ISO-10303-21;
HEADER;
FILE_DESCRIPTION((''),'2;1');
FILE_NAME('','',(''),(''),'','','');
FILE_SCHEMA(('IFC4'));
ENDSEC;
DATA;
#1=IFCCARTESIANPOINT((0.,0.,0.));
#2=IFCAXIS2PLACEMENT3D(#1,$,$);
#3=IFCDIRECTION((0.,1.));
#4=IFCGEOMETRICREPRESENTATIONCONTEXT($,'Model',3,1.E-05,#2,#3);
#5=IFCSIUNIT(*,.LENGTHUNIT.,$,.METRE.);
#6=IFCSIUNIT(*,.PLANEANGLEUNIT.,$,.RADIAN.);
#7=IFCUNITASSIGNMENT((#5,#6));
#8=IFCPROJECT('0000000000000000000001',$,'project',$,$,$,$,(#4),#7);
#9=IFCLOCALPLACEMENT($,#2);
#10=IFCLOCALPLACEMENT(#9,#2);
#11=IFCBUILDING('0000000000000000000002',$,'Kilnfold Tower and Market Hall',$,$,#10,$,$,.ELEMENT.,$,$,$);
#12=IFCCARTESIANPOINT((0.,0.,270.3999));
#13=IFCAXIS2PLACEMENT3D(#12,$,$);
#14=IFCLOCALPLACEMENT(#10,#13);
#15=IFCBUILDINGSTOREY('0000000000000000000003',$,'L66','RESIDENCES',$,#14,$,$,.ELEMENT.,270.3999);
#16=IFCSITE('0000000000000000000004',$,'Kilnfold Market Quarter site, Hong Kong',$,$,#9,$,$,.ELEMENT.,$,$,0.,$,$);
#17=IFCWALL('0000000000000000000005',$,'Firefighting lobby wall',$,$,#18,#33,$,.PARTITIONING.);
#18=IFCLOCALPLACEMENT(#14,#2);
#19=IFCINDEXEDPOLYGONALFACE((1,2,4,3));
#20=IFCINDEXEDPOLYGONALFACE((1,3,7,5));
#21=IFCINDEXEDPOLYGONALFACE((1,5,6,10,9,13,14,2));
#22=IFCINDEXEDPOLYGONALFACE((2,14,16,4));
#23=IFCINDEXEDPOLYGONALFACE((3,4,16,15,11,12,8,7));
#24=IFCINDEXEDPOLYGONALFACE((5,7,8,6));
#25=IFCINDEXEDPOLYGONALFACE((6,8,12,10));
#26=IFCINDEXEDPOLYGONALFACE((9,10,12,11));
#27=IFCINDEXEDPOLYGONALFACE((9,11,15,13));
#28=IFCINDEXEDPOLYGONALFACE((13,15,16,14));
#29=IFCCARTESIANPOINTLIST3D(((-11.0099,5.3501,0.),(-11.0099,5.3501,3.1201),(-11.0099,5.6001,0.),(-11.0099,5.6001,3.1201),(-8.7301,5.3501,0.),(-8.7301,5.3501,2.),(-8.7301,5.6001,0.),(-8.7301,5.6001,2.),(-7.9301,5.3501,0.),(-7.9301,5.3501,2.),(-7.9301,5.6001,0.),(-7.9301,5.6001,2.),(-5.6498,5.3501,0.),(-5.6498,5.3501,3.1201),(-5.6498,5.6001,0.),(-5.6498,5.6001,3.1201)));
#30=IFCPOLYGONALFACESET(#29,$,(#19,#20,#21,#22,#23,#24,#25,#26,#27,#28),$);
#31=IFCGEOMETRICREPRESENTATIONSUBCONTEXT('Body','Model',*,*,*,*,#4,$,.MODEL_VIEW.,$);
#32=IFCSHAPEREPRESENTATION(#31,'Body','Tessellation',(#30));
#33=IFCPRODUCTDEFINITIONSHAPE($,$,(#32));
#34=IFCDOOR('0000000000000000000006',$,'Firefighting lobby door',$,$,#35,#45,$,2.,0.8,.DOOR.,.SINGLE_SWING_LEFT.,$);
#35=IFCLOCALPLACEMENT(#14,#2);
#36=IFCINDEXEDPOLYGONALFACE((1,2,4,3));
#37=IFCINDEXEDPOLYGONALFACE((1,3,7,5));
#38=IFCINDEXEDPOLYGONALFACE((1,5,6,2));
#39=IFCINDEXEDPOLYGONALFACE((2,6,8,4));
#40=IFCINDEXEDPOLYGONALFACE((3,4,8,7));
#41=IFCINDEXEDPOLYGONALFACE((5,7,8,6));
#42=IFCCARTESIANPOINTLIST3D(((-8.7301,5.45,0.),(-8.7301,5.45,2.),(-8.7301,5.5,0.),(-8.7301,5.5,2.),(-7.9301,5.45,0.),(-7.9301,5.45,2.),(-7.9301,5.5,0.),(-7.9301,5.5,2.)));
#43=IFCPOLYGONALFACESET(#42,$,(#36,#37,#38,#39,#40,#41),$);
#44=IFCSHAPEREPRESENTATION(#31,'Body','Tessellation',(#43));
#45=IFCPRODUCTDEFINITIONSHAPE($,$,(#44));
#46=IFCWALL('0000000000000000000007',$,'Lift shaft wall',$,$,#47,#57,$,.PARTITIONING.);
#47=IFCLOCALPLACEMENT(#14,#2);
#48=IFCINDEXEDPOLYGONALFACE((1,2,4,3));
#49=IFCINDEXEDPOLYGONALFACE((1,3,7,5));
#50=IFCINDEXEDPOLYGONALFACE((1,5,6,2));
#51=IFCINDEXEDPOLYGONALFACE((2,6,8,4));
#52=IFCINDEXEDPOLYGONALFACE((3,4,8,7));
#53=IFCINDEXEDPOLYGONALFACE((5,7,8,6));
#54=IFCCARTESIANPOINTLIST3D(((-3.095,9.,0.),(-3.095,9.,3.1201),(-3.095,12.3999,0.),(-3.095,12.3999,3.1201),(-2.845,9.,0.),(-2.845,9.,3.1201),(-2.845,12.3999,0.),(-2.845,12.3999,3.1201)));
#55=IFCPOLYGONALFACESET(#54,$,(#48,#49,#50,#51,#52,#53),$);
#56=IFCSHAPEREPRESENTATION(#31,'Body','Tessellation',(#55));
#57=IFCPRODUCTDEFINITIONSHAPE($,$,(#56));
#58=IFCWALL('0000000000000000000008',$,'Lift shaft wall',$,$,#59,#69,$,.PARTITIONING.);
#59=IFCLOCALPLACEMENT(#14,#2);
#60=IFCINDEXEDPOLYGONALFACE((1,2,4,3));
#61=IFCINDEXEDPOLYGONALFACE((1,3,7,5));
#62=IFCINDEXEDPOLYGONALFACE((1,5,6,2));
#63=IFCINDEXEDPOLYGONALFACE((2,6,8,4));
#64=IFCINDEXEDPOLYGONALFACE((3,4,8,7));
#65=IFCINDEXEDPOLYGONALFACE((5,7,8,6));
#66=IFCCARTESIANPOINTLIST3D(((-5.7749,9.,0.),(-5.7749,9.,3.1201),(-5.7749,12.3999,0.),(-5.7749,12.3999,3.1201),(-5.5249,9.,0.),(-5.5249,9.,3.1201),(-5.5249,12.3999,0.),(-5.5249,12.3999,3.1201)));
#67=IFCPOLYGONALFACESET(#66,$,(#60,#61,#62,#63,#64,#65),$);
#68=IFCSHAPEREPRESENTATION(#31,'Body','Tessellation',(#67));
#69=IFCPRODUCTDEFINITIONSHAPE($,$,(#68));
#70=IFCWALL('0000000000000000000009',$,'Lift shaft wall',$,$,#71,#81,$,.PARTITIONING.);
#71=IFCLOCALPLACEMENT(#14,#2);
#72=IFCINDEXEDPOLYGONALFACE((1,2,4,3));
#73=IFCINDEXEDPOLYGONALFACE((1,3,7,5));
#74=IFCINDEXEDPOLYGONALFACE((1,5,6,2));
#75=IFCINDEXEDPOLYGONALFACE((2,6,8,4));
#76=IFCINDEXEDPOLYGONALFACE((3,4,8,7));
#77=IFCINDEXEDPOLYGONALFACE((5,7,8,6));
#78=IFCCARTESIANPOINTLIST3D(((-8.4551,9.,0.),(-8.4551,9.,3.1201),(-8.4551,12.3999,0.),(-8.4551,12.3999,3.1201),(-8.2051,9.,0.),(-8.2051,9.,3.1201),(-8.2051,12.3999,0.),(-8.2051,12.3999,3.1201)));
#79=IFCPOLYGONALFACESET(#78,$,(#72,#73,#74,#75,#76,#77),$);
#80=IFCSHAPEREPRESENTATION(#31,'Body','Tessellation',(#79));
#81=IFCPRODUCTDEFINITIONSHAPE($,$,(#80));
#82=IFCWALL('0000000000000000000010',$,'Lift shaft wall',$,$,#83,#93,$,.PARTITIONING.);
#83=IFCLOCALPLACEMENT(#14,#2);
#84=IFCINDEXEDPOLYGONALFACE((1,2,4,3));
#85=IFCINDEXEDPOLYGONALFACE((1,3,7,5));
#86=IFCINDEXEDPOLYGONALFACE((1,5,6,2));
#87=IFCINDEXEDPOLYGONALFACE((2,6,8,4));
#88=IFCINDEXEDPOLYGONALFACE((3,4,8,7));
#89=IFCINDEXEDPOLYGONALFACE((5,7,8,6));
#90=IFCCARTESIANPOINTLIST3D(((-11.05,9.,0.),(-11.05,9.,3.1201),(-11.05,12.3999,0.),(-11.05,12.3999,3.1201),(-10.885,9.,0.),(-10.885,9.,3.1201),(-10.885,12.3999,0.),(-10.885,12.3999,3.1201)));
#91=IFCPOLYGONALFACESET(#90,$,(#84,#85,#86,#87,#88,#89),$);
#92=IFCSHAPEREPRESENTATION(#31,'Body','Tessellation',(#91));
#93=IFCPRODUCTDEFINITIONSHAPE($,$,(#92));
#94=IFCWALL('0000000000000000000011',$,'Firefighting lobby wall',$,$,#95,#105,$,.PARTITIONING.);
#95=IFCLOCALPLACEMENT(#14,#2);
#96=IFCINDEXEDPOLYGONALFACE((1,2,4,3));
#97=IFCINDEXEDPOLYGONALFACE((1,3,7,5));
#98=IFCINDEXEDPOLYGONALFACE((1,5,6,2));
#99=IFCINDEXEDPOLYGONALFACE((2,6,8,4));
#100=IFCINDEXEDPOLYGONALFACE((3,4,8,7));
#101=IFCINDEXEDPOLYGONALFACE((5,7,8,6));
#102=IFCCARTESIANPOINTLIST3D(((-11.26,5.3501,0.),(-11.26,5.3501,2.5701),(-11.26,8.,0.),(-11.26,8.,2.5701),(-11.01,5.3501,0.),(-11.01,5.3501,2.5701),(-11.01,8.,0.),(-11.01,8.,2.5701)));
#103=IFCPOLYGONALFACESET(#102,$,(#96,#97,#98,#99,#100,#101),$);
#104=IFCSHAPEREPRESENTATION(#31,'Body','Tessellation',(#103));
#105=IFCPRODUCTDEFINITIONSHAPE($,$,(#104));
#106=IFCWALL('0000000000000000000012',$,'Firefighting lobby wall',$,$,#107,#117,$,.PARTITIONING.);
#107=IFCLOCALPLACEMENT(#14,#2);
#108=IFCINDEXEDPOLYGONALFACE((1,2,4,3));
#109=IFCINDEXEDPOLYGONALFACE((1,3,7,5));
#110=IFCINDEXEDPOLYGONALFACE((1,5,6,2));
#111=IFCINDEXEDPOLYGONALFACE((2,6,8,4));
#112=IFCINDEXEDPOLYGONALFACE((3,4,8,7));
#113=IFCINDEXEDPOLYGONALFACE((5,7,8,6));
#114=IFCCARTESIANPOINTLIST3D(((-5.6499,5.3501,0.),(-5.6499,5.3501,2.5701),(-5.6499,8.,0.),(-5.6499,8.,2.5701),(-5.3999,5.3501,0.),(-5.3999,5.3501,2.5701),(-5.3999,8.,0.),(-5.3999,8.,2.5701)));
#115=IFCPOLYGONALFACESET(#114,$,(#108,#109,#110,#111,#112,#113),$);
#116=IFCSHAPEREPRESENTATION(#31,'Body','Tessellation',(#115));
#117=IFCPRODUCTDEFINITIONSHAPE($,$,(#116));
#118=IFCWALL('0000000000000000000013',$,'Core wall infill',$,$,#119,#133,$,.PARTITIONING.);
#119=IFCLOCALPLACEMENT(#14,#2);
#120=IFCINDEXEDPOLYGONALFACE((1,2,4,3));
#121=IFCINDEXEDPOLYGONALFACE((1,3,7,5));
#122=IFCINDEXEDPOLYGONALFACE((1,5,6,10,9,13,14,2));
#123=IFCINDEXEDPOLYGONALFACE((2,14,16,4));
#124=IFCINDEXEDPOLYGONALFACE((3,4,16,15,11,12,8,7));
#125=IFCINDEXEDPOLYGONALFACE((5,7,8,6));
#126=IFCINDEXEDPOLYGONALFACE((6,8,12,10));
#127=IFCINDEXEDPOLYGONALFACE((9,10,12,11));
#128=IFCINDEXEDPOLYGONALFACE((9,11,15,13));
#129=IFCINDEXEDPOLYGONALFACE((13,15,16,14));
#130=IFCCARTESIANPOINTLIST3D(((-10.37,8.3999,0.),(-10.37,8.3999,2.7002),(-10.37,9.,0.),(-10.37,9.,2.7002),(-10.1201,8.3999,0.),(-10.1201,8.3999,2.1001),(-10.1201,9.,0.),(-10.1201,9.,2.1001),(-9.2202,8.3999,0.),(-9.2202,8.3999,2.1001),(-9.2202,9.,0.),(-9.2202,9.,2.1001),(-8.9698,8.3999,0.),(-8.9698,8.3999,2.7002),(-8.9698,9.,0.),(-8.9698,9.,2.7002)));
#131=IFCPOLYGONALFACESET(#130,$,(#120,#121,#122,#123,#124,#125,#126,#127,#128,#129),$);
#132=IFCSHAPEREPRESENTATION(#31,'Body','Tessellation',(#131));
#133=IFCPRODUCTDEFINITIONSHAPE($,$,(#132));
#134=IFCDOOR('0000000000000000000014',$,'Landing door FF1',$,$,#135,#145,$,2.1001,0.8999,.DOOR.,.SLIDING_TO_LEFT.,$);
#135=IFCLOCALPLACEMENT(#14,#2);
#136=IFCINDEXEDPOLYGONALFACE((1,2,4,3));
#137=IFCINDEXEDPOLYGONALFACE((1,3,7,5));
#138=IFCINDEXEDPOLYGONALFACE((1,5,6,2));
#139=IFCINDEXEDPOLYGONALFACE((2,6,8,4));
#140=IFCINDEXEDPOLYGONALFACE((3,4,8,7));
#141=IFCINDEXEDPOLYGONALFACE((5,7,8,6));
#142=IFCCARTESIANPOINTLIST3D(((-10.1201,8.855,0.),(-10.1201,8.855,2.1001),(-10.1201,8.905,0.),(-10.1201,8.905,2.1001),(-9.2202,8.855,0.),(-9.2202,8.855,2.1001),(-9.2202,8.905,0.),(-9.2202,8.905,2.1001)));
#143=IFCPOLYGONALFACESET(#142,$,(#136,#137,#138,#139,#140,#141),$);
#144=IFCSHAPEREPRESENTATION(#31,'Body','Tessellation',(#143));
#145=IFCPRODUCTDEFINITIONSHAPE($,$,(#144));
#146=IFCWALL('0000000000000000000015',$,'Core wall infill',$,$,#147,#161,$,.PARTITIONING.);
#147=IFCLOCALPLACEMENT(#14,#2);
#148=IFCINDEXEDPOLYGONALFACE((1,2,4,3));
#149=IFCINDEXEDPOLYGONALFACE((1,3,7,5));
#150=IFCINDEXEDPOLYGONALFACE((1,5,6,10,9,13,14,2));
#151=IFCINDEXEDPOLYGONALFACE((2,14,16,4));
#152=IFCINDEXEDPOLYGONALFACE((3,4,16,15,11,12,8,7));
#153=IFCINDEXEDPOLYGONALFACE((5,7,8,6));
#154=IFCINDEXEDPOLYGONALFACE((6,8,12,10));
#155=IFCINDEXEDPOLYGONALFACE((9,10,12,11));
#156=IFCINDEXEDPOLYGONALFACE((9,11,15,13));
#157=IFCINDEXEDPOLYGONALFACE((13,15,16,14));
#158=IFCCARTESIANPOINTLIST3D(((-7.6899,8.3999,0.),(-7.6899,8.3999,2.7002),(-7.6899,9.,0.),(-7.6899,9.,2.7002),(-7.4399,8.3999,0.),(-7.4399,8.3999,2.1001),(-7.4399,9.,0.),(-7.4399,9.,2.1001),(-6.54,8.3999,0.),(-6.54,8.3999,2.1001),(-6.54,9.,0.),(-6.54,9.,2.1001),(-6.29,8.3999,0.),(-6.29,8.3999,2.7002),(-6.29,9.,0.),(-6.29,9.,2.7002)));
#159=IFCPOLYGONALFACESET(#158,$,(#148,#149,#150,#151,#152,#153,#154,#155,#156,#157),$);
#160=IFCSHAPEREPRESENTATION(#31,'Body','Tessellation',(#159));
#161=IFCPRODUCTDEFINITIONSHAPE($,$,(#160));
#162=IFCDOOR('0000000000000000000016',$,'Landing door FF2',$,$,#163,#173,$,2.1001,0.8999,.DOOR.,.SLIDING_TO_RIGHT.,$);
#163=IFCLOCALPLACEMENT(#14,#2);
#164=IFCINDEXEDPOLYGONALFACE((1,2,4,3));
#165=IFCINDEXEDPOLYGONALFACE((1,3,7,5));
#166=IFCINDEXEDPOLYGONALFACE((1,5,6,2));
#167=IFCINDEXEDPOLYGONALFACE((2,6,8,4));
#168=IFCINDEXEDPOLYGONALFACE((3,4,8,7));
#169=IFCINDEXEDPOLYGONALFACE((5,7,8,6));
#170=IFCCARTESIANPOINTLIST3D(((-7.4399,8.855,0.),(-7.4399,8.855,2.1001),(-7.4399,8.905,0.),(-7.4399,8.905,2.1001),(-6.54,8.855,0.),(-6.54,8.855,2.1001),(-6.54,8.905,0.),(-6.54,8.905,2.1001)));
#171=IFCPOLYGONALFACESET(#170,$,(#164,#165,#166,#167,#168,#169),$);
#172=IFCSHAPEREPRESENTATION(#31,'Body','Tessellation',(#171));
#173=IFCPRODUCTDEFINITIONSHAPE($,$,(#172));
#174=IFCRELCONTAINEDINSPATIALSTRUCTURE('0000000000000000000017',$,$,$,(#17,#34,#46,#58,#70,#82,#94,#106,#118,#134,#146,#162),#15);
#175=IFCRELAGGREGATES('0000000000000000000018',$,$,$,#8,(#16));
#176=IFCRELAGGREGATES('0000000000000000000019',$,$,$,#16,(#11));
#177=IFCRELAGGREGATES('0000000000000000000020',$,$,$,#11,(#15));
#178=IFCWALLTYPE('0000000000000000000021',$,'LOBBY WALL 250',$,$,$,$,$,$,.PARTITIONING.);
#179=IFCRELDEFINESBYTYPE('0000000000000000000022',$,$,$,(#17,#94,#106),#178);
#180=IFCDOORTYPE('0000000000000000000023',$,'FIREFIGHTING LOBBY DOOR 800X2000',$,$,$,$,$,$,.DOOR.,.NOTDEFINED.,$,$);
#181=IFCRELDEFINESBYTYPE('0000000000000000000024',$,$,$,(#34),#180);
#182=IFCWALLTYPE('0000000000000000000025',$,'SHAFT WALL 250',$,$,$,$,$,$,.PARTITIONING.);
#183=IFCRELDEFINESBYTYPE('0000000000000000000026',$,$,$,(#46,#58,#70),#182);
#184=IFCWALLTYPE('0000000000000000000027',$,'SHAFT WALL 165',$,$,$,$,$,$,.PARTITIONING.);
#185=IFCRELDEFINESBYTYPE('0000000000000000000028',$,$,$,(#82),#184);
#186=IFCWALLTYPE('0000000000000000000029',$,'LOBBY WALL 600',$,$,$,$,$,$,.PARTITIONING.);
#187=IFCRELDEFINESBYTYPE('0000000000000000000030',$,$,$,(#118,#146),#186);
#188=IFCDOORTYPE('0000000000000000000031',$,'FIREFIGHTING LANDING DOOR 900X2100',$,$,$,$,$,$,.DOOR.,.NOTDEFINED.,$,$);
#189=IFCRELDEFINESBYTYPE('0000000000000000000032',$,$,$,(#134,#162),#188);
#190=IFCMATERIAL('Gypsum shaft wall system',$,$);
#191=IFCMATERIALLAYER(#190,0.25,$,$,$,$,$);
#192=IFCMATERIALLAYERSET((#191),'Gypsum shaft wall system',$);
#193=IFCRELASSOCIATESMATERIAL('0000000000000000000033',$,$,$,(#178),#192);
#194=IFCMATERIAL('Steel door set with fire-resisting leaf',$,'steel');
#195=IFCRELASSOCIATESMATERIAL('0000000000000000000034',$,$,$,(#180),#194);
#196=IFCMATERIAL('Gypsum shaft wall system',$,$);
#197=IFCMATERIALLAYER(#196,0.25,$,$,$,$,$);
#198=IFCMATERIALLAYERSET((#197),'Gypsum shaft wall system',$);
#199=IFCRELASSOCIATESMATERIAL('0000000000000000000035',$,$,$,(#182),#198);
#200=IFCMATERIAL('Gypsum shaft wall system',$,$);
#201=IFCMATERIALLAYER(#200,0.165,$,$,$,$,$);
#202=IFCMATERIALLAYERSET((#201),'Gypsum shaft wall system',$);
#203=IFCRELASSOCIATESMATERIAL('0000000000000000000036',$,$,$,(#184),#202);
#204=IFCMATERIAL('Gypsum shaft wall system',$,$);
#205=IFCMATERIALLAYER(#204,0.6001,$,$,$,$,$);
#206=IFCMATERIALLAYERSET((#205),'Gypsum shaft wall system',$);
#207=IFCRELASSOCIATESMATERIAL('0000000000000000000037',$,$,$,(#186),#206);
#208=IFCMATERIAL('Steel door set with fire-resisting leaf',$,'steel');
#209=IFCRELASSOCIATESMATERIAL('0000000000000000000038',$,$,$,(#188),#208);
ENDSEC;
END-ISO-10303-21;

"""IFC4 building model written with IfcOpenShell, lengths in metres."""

from ifc_helpers import new_model, si_unit, direction, frame, frame_2d, origin, place, context, subcontext, project, spatial, rectangle, extrude, source, transform, mapped, material, layer, layer_set, type_object, element, fill, save


model = new_model("IFC4")

# Units and contexts
model_context = context("Model", 3, precision=1e-05, world=origin(), true_north=direction((0.0, 1.0)))
body_context = subcontext(model_context, "Body", "Model", "MODEL_VIEW")
ifc_project = project(units=[si_unit("LENGTHUNIT", "METRE"), si_unit("PLANEANGLEUNIT", "RADIAN")], contexts=[model_context])

# Site, building, storey
site_placement = place(None, origin())
site = spatial("IfcSite", under=ifc_project, at=site_placement, Name="Kilnfold Market Quarter site, Hong Kong", CompositionType="ELEMENT", RefElevation=0.0)
building_placement = place(site_placement, origin())
building = spatial("IfcBuilding", under=site, at=building_placement, Name="Kilnfold Tower and Market Hall", CompositionType="ELEMENT")
storey_placement = place(building_placement, frame((0.0, 0.0, 270.3999)))
storey = spatial("IfcBuildingStorey", under=building, at=storey_placement, Name="L66", Description="RESIDENCES", CompositionType="ELEMENT", Elevation=270.3999)

# Wall, opening, door
ifc_material_1 = material(Name="Gypsum shaft wall system")
ifc_layer_1 = layer(ifc_material_1, 0.25)
ifc_layer_set_1 = layer_set([ifc_layer_1], Name="Gypsum shaft wall system")
wall_type_1 = type_object("IfcWallType", Name="LOBBY WALL 250", PredefinedType="PARTITIONING", material=ifc_layer_set_1)
shared_shape_1 = source(origin(), body_context, "Body", "SweptSolid", [
    extrude(rectangle(XDim=5.3601, YDim=0.25, at=frame_2d((2.6802, 0.0))), origin(), (0.0, 0.0, 1.0), 3.1201),
])
wall_1_placement = place(storey_placement, frame((-11.01, 5.4751, 0.0), z_axis=(0.0, 0.0, 1.0), x_axis=(1.0, 0.0, 0.0)))
wall_1 = element("IfcWall", 1, at=wall_1_placement, inside=storey, type_object=wall_type_1, Name="Firefighting lobby wall", PredefinedType="PARTITIONING", context=body_context, shape_type="MappedRepresentation", body=[
    mapped(shared_shape_1, transform((0.0, 0.0, 0.0))),
])
opening_1_placement = place(wall_1_placement, frame((2.28, 0.0, 0.0)))
opening_1 = element("IfcOpeningElement", 2, at=opening_1_placement, cuts=wall_1, PredefinedType="OPENING", context=body_context, shape_type="SweptSolid", body=[
    extrude(rectangle(XDim=0.8, YDim=2.0, at=frame_2d((0.3999, 1.0))), frame((0.0, 0.135, 0.0), z_axis=(0.0, -1.0, 0.0), x_axis=(1.0, 0.0, 0.0)), (0.0, 0.0, 1.0), 0.27),
])
ifc_material_2 = material(Name="Steel door set with fire-resisting leaf", Category="steel")
door_type_1 = type_object("IfcDoorType", Name="FIREFIGHTING LOBBY DOOR 800X2000", OperationType="NOTDEFINED", PredefinedType="DOOR", material=ifc_material_2)
door_1_placement = place(opening_1_placement, origin())
door_1 = element("IfcDoor", 3, at=door_1_placement, inside=storey, type_object=door_type_1, Name="Firefighting lobby door", OperationType="SINGLE_SWING_LEFT", OverallHeight=2.0, OverallWidth=0.8, PredefinedType="DOOR", context=body_context, shape_type="SweptSolid", body=[
    extrude(rectangle(XDim=0.8, YDim=2.0, at=frame_2d((0.3999, 1.0))), frame((0.0, 0.0249, 0.0), z_axis=(0.0, -1.0, 0.0), x_axis=(1.0, 0.0, 0.0)), (0.0, 0.0, 1.0), 0.05),
])
fill(opening_1, door_1)

# Walls
ifc_material_3 = material(Name="Gypsum shaft wall system")
ifc_layer_2 = layer(ifc_material_3, 0.25)
ifc_layer_set_2 = layer_set([ifc_layer_2], Name="Gypsum shaft wall system")
wall_type_2 = type_object("IfcWallType", Name="SHAFT WALL 250", PredefinedType="PARTITIONING", material=ifc_layer_set_2)
shared_shape_2 = source(origin(), body_context, "Body", "SweptSolid", [
    extrude(rectangle(XDim=3.3999, YDim=0.25, at=frame_2d((1.7, 0.0))), origin(), (0.0, 0.0, 1.0), 3.1201),
])
for number, where, z_axis, x_axis, name in (
    (4, (-2.97, 9.0, 0.0), (0.0, 0.0, 1.0), (0.0, 1.0, 0.0), "Lift shaft wall"),
    (5, (-5.6499, 9.0, 0.0), (0.0, 0.0, 1.0), (0.0, 1.0, 0.0), "Lift shaft wall"),
    (6, (-8.3301, 9.0, 0.0), (0.0, 0.0, 1.0), (0.0, 1.0, 0.0), "Lift shaft wall"),
):
    element("IfcWall", number, at=place(storey_placement, frame(where, z_axis=z_axis, x_axis=x_axis)), inside=storey, type_object=wall_type_2, Name=name, PredefinedType="PARTITIONING", context=body_context, shape_type="MappedRepresentation", body=[
        mapped(shared_shape_2, transform((0.0, 0.0, 0.0))),
    ])
ifc_material_4 = material(Name="Gypsum shaft wall system")
ifc_layer_3 = layer(ifc_material_4, 0.165)
ifc_layer_set_3 = layer_set([ifc_layer_3], Name="Gypsum shaft wall system")
wall_type_3 = type_object("IfcWallType", Name="SHAFT WALL 165", PredefinedType="PARTITIONING", material=ifc_layer_set_3)
shared_shape_3 = source(origin(), body_context, "Body", "SweptSolid", [
    extrude(rectangle(XDim=3.3999, YDim=0.165, at=frame_2d((1.7, 0.0))), origin(), (0.0, 0.0, 1.0), 3.1201),
])
wall_2_placement = place(storey_placement, frame((-10.9675, 9.0, 0.0), z_axis=(0.0, 0.0, 1.0), x_axis=(0.0, 1.0, 0.0)))
element("IfcWall", 7, at=wall_2_placement, inside=storey, type_object=wall_type_3, Name="Lift shaft wall", PredefinedType="PARTITIONING", context=body_context, shape_type="MappedRepresentation", body=[
    mapped(shared_shape_3, transform((0.0, 0.0, 0.0))),
])
shared_shape_4 = source(origin(), body_context, "Body", "SweptSolid", [
    extrude(rectangle(XDim=2.6499, YDim=0.25, at=frame_2d((1.325, 0.0))), origin(), (0.0, 0.0, 1.0), 2.5701),
])
for number, where, z_axis, x_axis, name in (
    (8, (-11.135, 5.3501, 0.0), (0.0, 0.0, 1.0), (0.0, 1.0, 0.0), "Firefighting lobby wall"),
    (9, (-5.5249, 5.3501, 0.0), (0.0, 0.0, 1.0), (0.0, 1.0, 0.0), "Firefighting lobby wall"),
):
    element("IfcWall", number, at=place(storey_placement, frame(where, z_axis=z_axis, x_axis=x_axis)), inside=storey, type_object=wall_type_1, Name=name, PredefinedType="PARTITIONING", context=body_context, shape_type="MappedRepresentation", body=[
        mapped(shared_shape_4, transform((0.0, 0.0, 0.0))),
    ])

# Walls, openings, doors
ifc_material_5 = material(Name="Gypsum shaft wall system")
ifc_layer_4 = layer(ifc_material_5, 0.6001)
ifc_layer_set_4 = layer_set([ifc_layer_4], Name="Gypsum shaft wall system")
wall_type_4 = type_object("IfcWallType", Name="LOBBY WALL 600", PredefinedType="PARTITIONING", material=ifc_layer_set_4)
shared_shape_5 = source(origin(), body_context, "Body", "SweptSolid", [
    extrude(rectangle(XDim=1.4001, YDim=0.6001, at=frame_2d((0.7002, 0.0))), origin(), (0.0, 0.0, 1.0), 2.7002),
])
wall_3_placement = place(storey_placement, frame((-10.3701, 8.7, 0.0), z_axis=(0.0, 0.0, 1.0), x_axis=(1.0, 0.0, 0.0)))
wall_3 = element("IfcWall", 10, at=wall_3_placement, inside=storey, type_object=wall_type_4, Name="Core wall infill", PredefinedType="PARTITIONING", context=body_context, shape_type="MappedRepresentation", body=[
    mapped(shared_shape_5, transform((0.0, 0.0, 0.0))),
])
opening_2_placement = place(wall_3_placement, frame((0.25, 0.0, 0.0)))
opening_2 = element("IfcOpeningElement", 11, at=opening_2_placement, cuts=wall_3, PredefinedType="OPENING", context=body_context, shape_type="SweptSolid", body=[
    extrude(rectangle(XDim=0.8999, YDim=2.1001, at=frame_2d((0.45, 1.05))), frame((0.0, 0.3101, 0.0), z_axis=(0.0, -1.0, 0.0), x_axis=(1.0, 0.0, 0.0)), (0.0, 0.0, 1.0), 0.6201),
])
ifc_material_6 = material(Name="Steel door set with fire-resisting leaf", Category="steel")
door_type_2 = type_object("IfcDoorType", Name="FIREFIGHTING LANDING DOOR 900X2100", OperationType="NOTDEFINED", PredefinedType="DOOR", material=ifc_material_6)
door_2_placement = place(opening_2_placement, origin())
door_2 = element("IfcDoor", 12, at=door_2_placement, inside=storey, type_object=door_type_2, Name="Landing door FF1", OperationType="SLIDING_TO_LEFT", OverallHeight=2.1001, OverallWidth=0.8999, PredefinedType="DOOR", context=body_context, shape_type="SweptSolid", body=[
    extrude(rectangle(XDim=0.8999, YDim=2.1001, at=frame_2d((0.45, 1.05))), frame((0.0, 0.2051, 0.0), z_axis=(0.0, -1.0, 0.0), x_axis=(1.0, 0.0, 0.0)), (0.0, 0.0, 1.0), 0.05),
])
fill(opening_2, door_2)
shared_shape_6 = source(origin(), body_context, "Body", "SweptSolid", [
    extrude(rectangle(XDim=1.3999, YDim=0.6001, at=frame_2d((0.7, 0.0))), origin(), (0.0, 0.0, 1.0), 2.7002),
])
wall_4_placement = place(storey_placement, frame((-7.6899, 8.7, 0.0), z_axis=(0.0, 0.0, 1.0), x_axis=(1.0, 0.0, 0.0)))
wall_4 = element("IfcWall", 13, at=wall_4_placement, inside=storey, type_object=wall_type_4, Name="Core wall infill", PredefinedType="PARTITIONING", context=body_context, shape_type="MappedRepresentation", body=[
    mapped(shared_shape_6, transform((0.0, 0.0, 0.0))),
])
opening_3_placement = place(wall_4_placement, frame((0.25, 0.0, 0.0)))
opening_3 = element("IfcOpeningElement", 14, at=opening_3_placement, cuts=wall_4, PredefinedType="OPENING", context=body_context, shape_type="SweptSolid", body=[
    extrude(rectangle(XDim=0.8999, YDim=2.1001, at=frame_2d((0.45, 1.05))), frame((0.0, 0.3101, 0.0), z_axis=(0.0, -1.0, 0.0), x_axis=(1.0, 0.0, 0.0)), (0.0, 0.0, 1.0), 0.6201),
])
door_3_placement = place(opening_3_placement, origin())
door_3 = element("IfcDoor", 15, at=door_3_placement, inside=storey, type_object=door_type_2, Name="Landing door FF2", OperationType="SLIDING_TO_RIGHT", OverallHeight=2.1001, OverallWidth=0.8999, PredefinedType="DOOR", context=body_context, shape_type="SweptSolid", body=[
    extrude(rectangle(XDim=0.8999, YDim=2.1001, at=frame_2d((0.45, 1.05))), frame((0.0, 0.2051, 0.0), z_axis=(0.0, -1.0, 0.0), x_axis=(1.0, 0.0, 0.0)), (0.0, 0.0, 1.0), 0.05),
])
fill(opening_3, door_3)

save(model, "model.ifc")
